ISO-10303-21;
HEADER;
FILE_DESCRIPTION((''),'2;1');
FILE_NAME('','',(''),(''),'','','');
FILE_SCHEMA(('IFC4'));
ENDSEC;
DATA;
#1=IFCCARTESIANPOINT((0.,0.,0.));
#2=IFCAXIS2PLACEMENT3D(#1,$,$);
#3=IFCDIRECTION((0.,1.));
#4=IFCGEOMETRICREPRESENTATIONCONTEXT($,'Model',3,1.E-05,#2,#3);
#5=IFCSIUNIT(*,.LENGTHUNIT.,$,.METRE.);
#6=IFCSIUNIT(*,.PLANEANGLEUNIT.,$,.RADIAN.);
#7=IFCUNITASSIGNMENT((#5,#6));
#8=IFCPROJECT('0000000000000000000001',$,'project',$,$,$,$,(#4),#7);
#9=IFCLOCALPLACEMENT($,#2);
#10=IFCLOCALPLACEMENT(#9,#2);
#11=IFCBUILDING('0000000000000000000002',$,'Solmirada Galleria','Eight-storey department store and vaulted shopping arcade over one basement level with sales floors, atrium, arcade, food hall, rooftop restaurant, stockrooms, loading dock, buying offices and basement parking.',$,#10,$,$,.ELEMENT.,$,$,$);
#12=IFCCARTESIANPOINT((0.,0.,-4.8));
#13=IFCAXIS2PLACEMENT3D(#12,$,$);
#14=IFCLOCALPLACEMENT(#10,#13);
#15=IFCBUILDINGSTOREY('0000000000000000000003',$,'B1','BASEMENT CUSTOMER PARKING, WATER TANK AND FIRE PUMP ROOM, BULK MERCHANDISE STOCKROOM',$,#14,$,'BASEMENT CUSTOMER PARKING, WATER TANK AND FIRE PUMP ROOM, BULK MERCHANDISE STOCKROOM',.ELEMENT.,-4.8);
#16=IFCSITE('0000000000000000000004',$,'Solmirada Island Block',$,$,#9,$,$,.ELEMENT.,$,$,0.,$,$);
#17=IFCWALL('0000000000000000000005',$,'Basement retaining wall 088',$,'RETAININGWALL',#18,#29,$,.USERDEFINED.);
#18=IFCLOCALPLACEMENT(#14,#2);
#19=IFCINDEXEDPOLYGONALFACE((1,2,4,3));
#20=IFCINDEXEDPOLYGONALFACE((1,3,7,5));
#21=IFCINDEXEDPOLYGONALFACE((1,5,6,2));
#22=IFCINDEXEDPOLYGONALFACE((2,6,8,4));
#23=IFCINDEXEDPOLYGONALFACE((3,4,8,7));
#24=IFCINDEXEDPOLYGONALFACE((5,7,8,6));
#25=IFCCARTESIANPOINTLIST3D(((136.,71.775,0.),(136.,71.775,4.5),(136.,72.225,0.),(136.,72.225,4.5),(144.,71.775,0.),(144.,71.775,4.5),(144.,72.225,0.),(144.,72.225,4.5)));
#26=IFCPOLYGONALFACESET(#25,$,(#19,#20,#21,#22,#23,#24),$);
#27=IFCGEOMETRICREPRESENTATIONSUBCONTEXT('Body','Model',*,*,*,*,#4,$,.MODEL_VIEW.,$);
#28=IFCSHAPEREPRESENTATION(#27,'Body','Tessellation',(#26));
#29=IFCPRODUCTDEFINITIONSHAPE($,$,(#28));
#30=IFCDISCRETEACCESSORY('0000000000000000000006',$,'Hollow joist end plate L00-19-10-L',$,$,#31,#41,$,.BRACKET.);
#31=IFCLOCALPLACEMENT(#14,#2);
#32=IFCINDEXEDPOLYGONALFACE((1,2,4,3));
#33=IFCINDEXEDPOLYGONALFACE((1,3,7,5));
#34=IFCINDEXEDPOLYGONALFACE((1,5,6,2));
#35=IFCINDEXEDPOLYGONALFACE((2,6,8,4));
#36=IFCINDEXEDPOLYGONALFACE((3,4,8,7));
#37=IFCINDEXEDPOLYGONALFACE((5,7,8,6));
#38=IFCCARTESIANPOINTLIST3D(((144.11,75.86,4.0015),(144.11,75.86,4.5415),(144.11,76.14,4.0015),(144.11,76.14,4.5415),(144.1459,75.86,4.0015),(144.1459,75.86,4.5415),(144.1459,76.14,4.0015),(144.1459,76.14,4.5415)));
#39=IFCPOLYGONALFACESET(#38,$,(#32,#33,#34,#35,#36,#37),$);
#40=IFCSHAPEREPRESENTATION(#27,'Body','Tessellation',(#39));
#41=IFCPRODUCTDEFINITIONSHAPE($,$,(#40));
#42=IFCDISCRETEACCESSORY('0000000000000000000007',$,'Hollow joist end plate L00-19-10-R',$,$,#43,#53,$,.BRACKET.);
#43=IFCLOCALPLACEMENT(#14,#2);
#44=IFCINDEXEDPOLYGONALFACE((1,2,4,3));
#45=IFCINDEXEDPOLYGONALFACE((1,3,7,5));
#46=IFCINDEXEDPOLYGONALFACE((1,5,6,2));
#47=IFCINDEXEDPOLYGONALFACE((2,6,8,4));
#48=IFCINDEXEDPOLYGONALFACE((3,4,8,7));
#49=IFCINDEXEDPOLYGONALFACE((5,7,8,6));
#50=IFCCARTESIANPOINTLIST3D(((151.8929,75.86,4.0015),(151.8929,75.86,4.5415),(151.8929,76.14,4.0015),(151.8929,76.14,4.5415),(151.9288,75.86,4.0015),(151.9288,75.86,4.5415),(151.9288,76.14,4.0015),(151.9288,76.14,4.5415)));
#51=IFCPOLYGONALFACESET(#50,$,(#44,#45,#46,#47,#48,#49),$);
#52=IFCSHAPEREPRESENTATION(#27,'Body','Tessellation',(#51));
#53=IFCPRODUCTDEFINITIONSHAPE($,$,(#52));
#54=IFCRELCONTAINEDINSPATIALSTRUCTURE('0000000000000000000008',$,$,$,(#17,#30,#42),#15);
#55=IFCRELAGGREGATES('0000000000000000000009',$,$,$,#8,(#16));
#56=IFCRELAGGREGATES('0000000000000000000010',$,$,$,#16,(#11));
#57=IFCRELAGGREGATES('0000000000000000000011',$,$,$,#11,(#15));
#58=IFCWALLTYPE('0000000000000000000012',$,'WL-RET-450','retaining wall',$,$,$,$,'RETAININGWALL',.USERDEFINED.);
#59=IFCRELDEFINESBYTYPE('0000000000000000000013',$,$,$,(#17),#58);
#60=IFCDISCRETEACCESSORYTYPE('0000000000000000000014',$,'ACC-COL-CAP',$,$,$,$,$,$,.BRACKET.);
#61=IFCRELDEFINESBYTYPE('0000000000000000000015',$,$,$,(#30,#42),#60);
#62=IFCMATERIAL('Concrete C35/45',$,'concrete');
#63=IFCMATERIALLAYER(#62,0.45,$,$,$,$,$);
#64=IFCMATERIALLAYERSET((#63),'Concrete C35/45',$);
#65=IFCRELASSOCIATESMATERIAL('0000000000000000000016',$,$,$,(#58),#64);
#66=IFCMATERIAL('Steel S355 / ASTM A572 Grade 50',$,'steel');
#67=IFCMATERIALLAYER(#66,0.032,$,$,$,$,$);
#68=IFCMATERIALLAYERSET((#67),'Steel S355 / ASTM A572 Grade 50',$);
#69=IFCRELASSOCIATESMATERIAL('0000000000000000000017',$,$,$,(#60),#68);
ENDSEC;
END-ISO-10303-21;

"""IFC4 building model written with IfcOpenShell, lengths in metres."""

from ifc_helpers import new_model, si_unit, direction, frame, frame_2d, origin, origin_2d, place, context, subcontext, project, spatial, rectangle, extrude, material, layer, layer_set, type_object, element, save


model = new_model("IFC4")

# Units and contexts
model_context = context("Model", 3, precision=1e-05, world=origin(), true_north=direction((0.0, 1.0)))
body_context = subcontext(model_context, "Body", "Model", "MODEL_VIEW")
ifc_project = project(units=[si_unit("LENGTHUNIT", "METRE"), si_unit("PLANEANGLEUNIT", "RADIAN")], contexts=[model_context])

# Site, building, storey
site_placement = place(None, origin())
site = spatial("IfcSite", under=ifc_project, at=site_placement, Name="Solmirada Island Block", CompositionType="ELEMENT", RefElevation=0.0)
building_placement = place(site_placement, origin())
building = spatial("IfcBuilding", under=site, at=building_placement, Name="Solmirada Galleria", Description="Eight-storey department store and vaulted shopping arcade over one basement level with sales floors, atrium, arcade, food hall, rooftop restaurant, stockrooms, loading dock, buying offices and basement parking.", CompositionType="ELEMENT")
storey_placement = place(building_placement, frame((0.0, 0.0, -4.8)))
storey = spatial("IfcBuildingStorey", under=building, at=storey_placement, Name="B1", Description="BASEMENT CUSTOMER PARKING, WATER TANK AND FIRE PUMP ROOM, BULK MERCHANDISE STOCKROOM", LongName="BASEMENT CUSTOMER PARKING, WATER TANK AND FIRE PUMP ROOM, BULK MERCHANDISE STOCKROOM", CompositionType="ELEMENT", Elevation=-4.8)

# Shared definitions
ifc_material_1 = material(Name="Concrete C35/45", Category="concrete")

# Shared definitions
ifc_material_2 = material(Name="Steel S355 / ASTM A572 Grade 50", Category="steel")

# Wall
ifc_layer_1 = layer(ifc_material_1, 0.45)
ifc_layer_set_1 = layer_set([ifc_layer_1], Name="Concrete C35/45")
wall_type_1 = type_object("IfcWallType", Name="WL-RET-450", Description="retaining wall", ElementType="RETAININGWALL", PredefinedType="USERDEFINED", material=ifc_layer_set_1)
wall_1_placement = place(storey_placement, frame((144.0, 72.0, 0.0), z_axis=(0.0, 0.0, 1.0), x_axis=(-1.0, 0.0, 0.0)))
element("IfcWall", 1, at=wall_1_placement, inside=storey, type_object=wall_type_1, Name="Basement retaining wall 088", ObjectType="RETAININGWALL", PredefinedType="USERDEFINED", context=body_context, shape_type="SweptSolid", body=[
    extrude(rectangle(XDim=8.0, YDim=0.45, at=frame_2d((4.0, 0.0))), origin(), (0.0, 0.0, 1.0), 4.5),
])

# Discrete accessories
ifc_layer_2 = layer(ifc_material_2, 0.032)
ifc_layer_set_2 = layer_set([ifc_layer_2], Name="Steel S355 / ASTM A572 Grade 50")
discrete_accessory_type = type_object("IfcDiscreteAccessoryType", Name="ACC-COL-CAP", PredefinedType="BRACKET", material=ifc_layer_set_2)
for number, where, z_axis, x_axis, name in (
    (2, (144.1279, 76.0, 4.0015), (0.0, 0.0, 1.0), (1.0, 0.0, 0.0), "Hollow joist end plate L00-19-10-L"),
    (3, (151.9109, 76.0, 4.0015), (0.0, 0.0, 1.0), (1.0, 0.0, 0.0), "Hollow joist end plate L00-19-10-R"),
):
    element("IfcDiscreteAccessory", number, at=place(storey_placement, frame(where, z_axis=z_axis, x_axis=x_axis)), inside=storey, type_object=discrete_accessory_type, Name=name, PredefinedType="BRACKET", context=body_context, shape_type="SweptSolid", body=[
        extrude(rectangle(XDim=0.0359, YDim=0.28, at=origin_2d()), origin(), (0.0, 0.0, 1.0), 0.54),
    ])

save(model, "model.ifc")
